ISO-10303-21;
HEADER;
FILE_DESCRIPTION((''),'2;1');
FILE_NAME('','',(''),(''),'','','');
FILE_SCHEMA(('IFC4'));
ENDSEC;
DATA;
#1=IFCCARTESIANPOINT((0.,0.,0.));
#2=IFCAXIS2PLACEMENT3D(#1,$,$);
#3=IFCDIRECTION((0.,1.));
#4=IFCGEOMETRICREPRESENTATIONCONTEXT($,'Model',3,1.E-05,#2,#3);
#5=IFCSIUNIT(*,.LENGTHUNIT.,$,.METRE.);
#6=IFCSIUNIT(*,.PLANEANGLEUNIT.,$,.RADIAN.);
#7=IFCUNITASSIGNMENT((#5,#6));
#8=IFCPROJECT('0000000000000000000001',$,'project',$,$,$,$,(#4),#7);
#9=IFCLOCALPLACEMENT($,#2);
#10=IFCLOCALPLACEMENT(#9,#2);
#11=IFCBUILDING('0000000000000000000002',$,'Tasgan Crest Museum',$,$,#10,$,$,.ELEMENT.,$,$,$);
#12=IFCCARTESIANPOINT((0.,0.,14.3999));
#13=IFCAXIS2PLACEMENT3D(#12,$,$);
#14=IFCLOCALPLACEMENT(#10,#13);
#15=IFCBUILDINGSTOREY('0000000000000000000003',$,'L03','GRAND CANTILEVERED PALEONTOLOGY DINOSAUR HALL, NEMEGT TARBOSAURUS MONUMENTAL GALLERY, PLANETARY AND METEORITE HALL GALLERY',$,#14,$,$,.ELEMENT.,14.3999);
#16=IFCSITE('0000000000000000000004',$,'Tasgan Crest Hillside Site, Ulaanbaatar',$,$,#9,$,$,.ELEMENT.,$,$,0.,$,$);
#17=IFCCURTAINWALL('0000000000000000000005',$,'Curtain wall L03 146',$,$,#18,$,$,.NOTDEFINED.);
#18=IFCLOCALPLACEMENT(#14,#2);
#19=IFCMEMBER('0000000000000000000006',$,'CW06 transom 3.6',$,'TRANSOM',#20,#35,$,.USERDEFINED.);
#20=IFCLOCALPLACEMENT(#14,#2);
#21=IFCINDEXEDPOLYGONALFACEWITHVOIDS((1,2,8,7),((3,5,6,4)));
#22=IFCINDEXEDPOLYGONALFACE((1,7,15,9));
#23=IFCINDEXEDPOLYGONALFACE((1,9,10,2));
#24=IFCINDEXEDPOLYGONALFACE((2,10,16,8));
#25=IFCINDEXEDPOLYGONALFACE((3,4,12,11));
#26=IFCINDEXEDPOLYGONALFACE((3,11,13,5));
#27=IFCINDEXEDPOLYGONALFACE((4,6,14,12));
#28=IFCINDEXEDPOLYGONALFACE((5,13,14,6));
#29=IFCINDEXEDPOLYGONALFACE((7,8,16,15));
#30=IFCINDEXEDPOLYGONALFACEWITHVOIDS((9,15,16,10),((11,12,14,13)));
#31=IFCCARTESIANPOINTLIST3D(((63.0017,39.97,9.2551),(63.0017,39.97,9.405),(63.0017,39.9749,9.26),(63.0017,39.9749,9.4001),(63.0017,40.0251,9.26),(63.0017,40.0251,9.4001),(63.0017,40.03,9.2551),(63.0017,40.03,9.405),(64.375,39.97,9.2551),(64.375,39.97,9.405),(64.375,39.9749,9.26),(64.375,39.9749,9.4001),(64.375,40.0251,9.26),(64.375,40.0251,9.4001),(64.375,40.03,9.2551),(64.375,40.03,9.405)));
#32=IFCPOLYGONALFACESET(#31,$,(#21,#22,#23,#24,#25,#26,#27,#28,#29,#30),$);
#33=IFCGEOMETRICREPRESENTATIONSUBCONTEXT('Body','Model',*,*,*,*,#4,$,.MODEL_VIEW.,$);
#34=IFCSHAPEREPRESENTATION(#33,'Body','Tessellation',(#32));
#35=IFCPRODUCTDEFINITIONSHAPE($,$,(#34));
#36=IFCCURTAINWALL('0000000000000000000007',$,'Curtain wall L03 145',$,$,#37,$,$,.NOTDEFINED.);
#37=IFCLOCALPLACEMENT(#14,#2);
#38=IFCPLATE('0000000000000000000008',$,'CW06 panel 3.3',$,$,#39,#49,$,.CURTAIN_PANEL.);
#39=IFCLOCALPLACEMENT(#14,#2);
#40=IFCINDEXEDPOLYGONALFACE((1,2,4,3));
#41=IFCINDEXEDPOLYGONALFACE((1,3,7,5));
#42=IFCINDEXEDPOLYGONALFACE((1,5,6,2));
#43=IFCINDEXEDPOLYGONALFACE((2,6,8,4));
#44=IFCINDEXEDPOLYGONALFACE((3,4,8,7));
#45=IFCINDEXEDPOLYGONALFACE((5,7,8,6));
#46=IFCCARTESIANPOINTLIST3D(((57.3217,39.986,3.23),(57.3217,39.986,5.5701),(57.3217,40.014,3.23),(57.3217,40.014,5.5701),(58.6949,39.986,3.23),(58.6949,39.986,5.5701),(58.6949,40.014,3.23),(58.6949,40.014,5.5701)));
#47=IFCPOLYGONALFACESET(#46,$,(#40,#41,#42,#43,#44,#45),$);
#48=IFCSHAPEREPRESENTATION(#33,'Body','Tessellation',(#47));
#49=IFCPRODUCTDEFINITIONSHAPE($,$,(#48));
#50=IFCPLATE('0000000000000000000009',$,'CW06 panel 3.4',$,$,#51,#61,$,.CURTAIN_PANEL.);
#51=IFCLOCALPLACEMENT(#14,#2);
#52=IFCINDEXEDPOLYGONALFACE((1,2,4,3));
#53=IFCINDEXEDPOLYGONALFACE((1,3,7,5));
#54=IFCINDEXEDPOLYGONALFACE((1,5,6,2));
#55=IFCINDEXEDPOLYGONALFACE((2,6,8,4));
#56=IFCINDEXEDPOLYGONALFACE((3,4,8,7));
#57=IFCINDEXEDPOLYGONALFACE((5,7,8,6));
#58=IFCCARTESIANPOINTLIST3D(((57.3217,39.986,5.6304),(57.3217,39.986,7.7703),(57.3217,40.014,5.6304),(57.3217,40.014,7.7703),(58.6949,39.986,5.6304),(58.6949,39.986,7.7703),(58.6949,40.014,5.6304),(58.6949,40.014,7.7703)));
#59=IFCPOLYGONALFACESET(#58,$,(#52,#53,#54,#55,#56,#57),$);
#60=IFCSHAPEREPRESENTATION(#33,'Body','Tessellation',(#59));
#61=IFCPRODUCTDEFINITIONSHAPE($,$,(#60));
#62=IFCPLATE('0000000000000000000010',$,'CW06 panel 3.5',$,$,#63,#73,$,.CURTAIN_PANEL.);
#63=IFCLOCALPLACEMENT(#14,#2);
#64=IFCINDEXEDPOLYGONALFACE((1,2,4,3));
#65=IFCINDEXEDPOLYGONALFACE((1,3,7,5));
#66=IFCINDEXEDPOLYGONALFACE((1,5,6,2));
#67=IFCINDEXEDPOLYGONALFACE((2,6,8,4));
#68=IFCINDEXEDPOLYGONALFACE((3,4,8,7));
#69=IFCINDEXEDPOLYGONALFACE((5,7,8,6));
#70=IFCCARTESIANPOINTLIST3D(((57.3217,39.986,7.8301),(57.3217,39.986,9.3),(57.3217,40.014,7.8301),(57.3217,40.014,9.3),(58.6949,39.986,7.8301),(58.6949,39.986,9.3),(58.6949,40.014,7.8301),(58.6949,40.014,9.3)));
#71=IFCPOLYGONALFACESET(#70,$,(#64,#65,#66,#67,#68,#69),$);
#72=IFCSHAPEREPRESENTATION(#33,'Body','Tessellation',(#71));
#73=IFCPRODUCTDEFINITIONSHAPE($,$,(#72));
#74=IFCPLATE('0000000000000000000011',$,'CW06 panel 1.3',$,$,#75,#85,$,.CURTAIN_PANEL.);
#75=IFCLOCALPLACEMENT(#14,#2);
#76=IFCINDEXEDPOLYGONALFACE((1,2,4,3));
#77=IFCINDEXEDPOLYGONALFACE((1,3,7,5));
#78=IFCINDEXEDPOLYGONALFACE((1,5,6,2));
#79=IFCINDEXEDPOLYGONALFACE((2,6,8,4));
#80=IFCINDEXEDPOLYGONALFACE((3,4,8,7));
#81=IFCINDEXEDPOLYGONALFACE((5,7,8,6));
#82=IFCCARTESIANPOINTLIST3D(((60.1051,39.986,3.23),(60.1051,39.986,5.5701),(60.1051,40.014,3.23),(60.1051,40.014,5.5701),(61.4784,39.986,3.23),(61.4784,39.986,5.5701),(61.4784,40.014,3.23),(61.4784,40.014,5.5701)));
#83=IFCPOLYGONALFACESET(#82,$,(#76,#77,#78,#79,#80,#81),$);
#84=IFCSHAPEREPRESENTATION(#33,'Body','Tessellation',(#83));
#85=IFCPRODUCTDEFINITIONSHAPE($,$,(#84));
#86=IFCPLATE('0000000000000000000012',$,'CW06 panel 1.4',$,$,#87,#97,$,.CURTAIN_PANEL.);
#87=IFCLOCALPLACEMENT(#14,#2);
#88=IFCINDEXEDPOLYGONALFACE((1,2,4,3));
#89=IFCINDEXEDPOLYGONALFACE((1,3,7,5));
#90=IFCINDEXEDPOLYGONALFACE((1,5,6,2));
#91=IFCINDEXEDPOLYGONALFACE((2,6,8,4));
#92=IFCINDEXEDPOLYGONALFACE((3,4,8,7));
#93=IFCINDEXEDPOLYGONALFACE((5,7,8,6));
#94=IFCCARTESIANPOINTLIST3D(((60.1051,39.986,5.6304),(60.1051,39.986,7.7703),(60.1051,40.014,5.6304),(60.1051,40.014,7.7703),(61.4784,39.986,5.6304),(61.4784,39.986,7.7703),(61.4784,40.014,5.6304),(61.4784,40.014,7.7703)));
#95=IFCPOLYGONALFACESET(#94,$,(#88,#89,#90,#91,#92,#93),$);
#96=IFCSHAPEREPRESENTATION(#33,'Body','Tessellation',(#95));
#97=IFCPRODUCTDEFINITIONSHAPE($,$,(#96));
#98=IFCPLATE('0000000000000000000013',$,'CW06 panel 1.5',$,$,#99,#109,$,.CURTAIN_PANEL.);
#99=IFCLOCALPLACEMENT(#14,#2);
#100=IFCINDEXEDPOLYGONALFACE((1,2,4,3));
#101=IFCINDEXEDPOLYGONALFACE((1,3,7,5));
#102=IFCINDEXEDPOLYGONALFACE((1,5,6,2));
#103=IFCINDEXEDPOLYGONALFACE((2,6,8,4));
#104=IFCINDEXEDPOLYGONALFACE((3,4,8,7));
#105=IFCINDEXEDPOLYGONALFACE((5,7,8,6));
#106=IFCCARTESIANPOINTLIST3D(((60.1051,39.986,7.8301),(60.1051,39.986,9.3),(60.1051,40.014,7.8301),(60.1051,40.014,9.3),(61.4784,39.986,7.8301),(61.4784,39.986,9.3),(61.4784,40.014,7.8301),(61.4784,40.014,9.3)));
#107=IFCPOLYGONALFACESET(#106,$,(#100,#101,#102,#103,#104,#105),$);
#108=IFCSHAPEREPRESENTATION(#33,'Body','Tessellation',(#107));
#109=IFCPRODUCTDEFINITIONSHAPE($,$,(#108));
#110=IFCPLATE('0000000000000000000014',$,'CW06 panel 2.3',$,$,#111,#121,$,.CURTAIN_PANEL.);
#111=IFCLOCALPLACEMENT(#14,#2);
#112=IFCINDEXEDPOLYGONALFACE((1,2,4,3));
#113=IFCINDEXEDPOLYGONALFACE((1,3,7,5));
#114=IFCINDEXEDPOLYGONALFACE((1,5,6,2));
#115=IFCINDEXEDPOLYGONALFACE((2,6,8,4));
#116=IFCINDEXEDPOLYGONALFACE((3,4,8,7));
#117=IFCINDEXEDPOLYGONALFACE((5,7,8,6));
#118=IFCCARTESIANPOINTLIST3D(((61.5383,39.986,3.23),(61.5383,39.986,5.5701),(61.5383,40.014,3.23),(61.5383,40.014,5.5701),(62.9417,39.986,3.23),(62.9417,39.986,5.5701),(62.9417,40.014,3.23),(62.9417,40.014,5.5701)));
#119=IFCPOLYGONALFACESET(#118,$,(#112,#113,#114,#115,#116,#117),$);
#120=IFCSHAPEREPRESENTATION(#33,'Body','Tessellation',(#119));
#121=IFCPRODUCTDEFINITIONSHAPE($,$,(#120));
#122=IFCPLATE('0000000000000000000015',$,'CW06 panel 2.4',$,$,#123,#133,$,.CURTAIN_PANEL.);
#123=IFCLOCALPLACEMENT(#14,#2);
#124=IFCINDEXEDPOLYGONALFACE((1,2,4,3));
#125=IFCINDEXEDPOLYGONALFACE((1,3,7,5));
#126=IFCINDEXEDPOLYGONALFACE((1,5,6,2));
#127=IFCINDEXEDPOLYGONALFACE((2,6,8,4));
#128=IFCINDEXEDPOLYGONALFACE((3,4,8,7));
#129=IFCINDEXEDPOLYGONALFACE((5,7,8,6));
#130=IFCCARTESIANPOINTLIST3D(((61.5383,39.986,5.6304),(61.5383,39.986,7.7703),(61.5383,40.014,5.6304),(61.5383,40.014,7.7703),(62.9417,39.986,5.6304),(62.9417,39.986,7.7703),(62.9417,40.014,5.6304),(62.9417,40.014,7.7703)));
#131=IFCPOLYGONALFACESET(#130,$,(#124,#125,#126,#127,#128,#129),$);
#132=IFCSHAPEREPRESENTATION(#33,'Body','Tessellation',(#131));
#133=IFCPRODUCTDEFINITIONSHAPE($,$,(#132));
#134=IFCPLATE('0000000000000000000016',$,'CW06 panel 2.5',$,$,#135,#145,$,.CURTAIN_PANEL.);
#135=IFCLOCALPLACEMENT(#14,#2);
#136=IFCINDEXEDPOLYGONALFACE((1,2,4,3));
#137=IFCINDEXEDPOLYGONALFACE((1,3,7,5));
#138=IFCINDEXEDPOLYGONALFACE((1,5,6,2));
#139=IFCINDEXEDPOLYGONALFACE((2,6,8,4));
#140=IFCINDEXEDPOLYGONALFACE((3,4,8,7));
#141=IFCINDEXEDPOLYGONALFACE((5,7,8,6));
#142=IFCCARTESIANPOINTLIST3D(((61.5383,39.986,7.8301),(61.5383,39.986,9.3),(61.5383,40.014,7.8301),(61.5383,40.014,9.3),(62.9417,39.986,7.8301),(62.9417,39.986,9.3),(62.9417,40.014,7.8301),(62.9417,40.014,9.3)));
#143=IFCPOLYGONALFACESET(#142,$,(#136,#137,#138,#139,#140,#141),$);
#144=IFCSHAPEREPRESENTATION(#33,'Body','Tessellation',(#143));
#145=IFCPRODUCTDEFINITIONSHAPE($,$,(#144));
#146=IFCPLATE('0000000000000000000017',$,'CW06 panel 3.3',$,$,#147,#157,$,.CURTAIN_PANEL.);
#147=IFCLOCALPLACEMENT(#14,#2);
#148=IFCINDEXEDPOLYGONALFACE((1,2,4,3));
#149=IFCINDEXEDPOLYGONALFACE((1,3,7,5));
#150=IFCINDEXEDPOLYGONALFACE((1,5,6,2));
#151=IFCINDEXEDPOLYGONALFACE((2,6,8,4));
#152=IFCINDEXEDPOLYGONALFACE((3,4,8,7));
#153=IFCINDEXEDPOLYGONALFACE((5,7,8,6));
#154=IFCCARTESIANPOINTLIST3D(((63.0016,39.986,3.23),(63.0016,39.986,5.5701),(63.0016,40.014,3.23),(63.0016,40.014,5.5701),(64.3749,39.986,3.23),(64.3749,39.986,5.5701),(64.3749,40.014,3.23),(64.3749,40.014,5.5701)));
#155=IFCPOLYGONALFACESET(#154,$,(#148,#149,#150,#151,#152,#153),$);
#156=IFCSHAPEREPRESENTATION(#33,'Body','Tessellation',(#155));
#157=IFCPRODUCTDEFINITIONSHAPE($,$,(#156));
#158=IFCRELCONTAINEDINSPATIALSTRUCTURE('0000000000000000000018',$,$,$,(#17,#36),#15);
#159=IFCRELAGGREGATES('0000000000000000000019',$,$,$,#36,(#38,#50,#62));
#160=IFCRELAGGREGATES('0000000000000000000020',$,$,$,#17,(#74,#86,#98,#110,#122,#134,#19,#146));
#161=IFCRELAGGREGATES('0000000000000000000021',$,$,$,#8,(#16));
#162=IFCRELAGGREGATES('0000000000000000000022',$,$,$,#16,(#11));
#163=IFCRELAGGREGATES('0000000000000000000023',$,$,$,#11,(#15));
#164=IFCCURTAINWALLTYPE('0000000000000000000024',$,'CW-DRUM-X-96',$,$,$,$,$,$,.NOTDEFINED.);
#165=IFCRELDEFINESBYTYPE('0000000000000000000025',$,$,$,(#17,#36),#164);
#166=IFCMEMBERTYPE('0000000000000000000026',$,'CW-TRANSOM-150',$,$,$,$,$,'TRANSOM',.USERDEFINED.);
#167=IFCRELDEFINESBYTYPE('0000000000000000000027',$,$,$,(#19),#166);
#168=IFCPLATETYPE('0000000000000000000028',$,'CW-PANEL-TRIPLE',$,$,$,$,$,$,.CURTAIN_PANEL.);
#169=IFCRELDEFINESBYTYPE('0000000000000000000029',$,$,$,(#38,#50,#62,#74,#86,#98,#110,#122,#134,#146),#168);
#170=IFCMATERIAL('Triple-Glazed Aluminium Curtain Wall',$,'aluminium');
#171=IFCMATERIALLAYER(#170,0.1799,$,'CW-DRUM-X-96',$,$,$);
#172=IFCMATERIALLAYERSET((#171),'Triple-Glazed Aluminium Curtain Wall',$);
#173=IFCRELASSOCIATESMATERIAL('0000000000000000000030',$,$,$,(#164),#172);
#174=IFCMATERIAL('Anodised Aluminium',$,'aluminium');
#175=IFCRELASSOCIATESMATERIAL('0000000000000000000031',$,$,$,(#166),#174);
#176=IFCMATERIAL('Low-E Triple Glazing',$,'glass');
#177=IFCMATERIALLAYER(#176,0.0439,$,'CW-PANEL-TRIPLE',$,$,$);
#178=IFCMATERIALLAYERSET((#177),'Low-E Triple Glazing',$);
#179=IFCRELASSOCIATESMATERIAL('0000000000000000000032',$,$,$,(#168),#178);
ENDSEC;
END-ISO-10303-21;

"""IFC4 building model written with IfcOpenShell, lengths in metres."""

from ifc_helpers import new_model, si_unit, direction, frame, origin, origin_2d, place, context, subcontext, project, spatial, rectangle, hollow_rectangle, extrude, material, layer, layer_set, material_profile, profile_set, type_object, element, aggregate, save


model = new_model("IFC4")

# Units and contexts
model_context = context("Model", 3, precision=1e-05, world=origin(), true_north=direction((0.0, 1.0)))
body_context = subcontext(model_context, "Body", "Model", "MODEL_VIEW")
ifc_project = project(units=[si_unit("LENGTHUNIT", "METRE"), si_unit("PLANEANGLEUNIT", "RADIAN")], contexts=[model_context])

# Site, building, storey
site_placement = place(None, origin())
site = spatial("IfcSite", under=ifc_project, at=site_placement, Name="Tasgan Crest Hillside Site, Ulaanbaatar", CompositionType="ELEMENT", RefElevation=0.0)
building_placement = place(site_placement, origin())
building = spatial("IfcBuilding", under=site, at=building_placement, Name="Tasgan Crest Museum", CompositionType="ELEMENT")
storey_placement = place(building_placement, frame((0.0, 0.0, 14.3999)))
storey = spatial("IfcBuildingStorey", under=building, at=storey_placement, Name="L03", Description="GRAND CANTILEVERED PALEONTOLOGY DINOSAUR HALL, NEMEGT TARBOSAURUS MONUMENTAL GALLERY, PLANETARY AND METEORITE HALL GALLERY", CompositionType="ELEMENT", Elevation=14.3999)

# Curtain wall, member
ifc_material_1 = material(Name="Triple-Glazed Aluminium Curtain Wall", Category="aluminium")
ifc_layer_1 = layer(ifc_material_1, 0.1799, Name="CW-DRUM-X-96")
ifc_layer_set_1 = layer_set([ifc_layer_1], Name="Triple-Glazed Aluminium Curtain Wall")
curtain_wall_type = type_object("IfcCurtainWallType", Name="CW-DRUM-X-96", PredefinedType="NOTDEFINED", material=ifc_layer_set_1)
curtain_wall_1_placement = place(storey_placement, origin())
curtain_wall_1 = element("IfcCurtainWall", 1, at=curtain_wall_1_placement, inside=storey, type_object=curtain_wall_type, Name="Curtain wall L03 146", PredefinedType="NOTDEFINED")
ifc_material_2 = material(Name="Anodised Aluminium", Category="aluminium")
ifc_material_profile = material_profile(ifc_material_2, hollow_rectangle(XDim=0.0601, YDim=0.1499, WallThickness=0.0049, at=origin_2d()), Name="ALU TRANSOM 150x60x5")
ifc_profile_set = profile_set([ifc_material_profile], Name="Anodised Aluminium")
member_type = type_object("IfcMemberType", Name="CW-TRANSOM-150", ElementType="TRANSOM", PredefinedType="USERDEFINED", material=ifc_profile_set)
member_1_placement = place(storey_placement, frame((63.0017, 40.0, 9.3301), z_axis=(1.0, 0.0, 0.0), x_axis=(0.0, 1.0, 0.0)))
member_1 = element("IfcMember", 2, at=member_1_placement, type_object=member_type, Name="CW06 transom 3.6", ObjectType="TRANSOM", PredefinedType="USERDEFINED", context=body_context, shape_type="SweptSolid", body=[
    extrude(hollow_rectangle(XDim=0.0601, YDim=0.1499, WallThickness=0.0049, at=origin_2d()), origin(), (0.0, 0.0, 1.0), 1.3733),
])

# Curtain wall, plates
curtain_wall_2_placement = place(storey_placement, origin())
curtain_wall_2 = element("IfcCurtainWall", 3, at=curtain_wall_2_placement, inside=storey, type_object=curtain_wall_type, Name="Curtain wall L03 145", PredefinedType="NOTDEFINED")
ifc_material_3 = material(Name="Low-E Triple Glazing", Category="glass")
ifc_layer_2 = layer(ifc_material_3, 0.0439, Name="CW-PANEL-TRIPLE")
ifc_layer_set_2 = layer_set([ifc_layer_2], Name="Low-E Triple Glazing")
plate_type = type_object("IfcPlateType", Name="CW-PANEL-TRIPLE", PredefinedType="CURTAIN_PANEL", material=ifc_layer_set_2)
plate_1_placement = place(storey_placement, frame((58.0083, 40.0, 3.23), z_axis=(0.0, 0.0, 1.0), x_axis=(1.0, 0.0, 0.0)))
plate_1 = element("IfcPlate", 4, at=plate_1_placement, type_object=plate_type, Name="CW06 panel 3.3", PredefinedType="CURTAIN_PANEL", context=body_context, shape_type="SweptSolid", body=[
    extrude(rectangle(XDim=1.3733, YDim=0.0281, at=origin_2d()), origin(), (0.0, 0.0, 1.0), 2.3401),
])
plate_2_placement = place(storey_placement, frame((58.0083, 40.0, 5.6304), z_axis=(0.0, 0.0, 1.0), x_axis=(1.0, 0.0, 0.0)))
plate_2 = element("IfcPlate", 5, at=plate_2_placement, type_object=plate_type, Name="CW06 panel 3.4", PredefinedType="CURTAIN_PANEL", context=body_context, shape_type="SweptSolid", body=[
    extrude(rectangle(XDim=1.3733, YDim=0.0281, at=origin_2d()), origin(), (0.0, 0.0, 1.0), 2.1399),
])
plate_3_placement = place(storey_placement, frame((58.0083, 40.0, 7.8301), z_axis=(0.0, 0.0, 1.0), x_axis=(1.0, 0.0, 0.0)))
plate_3 = element("IfcPlate", 6, at=plate_3_placement, type_object=plate_type, Name="CW06 panel 3.5", PredefinedType="CURTAIN_PANEL", context=body_context, shape_type="SweptSolid", body=[
    extrude(rectangle(XDim=1.3733, YDim=0.0281, at=origin_2d()), origin(), (0.0, 0.0, 1.0), 1.47),
])
aggregate(curtain_wall_2, [plate_1, plate_2, plate_3])

# Plates
plate_4_placement = place(storey_placement, frame((60.7917, 40.0, 3.23), z_axis=(0.0, 0.0, 1.0), x_axis=(1.0, 0.0, 0.0)))
plate_4 = element("IfcPlate", 7, at=plate_4_placement, type_object=plate_type, Name="CW06 panel 1.3", PredefinedType="CURTAIN_PANEL", context=body_context, shape_type="SweptSolid", body=[
    extrude(rectangle(XDim=1.3733, YDim=0.0281, at=origin_2d()), origin(), (0.0, 0.0, 1.0), 2.3401),
])
plate_5_placement = place(storey_placement, frame((60.7917, 40.0, 5.6304), z_axis=(0.0, 0.0, 1.0), x_axis=(1.0, 0.0, 0.0)))
plate_5 = element("IfcPlate", 8, at=plate_5_placement, type_object=plate_type, Name="CW06 panel 1.4", PredefinedType="CURTAIN_PANEL", context=body_context, shape_type="SweptSolid", body=[
    extrude(rectangle(XDim=1.3733, YDim=0.0281, at=origin_2d()), origin(), (0.0, 0.0, 1.0), 2.1399),
])
plate_6_placement = place(storey_placement, frame((60.7917, 40.0, 7.8301), z_axis=(0.0, 0.0, 1.0), x_axis=(1.0, 0.0, 0.0)))
plate_6 = element("IfcPlate", 9, at=plate_6_placement, type_object=plate_type, Name="CW06 panel 1.5", PredefinedType="CURTAIN_PANEL", context=body_context, shape_type="SweptSolid", body=[
    extrude(rectangle(XDim=1.3733, YDim=0.0281, at=origin_2d()), origin(), (0.0, 0.0, 1.0), 1.47),
])
plate_7_placement = place(storey_placement, frame((62.24, 40.0, 3.23), z_axis=(0.0, 0.0, 1.0), x_axis=(1.0, 0.0, 0.0)))
plate_7 = element("IfcPlate", 10, at=plate_7_placement, type_object=plate_type, Name="CW06 panel 2.3", PredefinedType="CURTAIN_PANEL", context=body_context, shape_type="SweptSolid", body=[
    extrude(rectangle(XDim=1.4033, YDim=0.0281, at=origin_2d()), origin(), (0.0, 0.0, 1.0), 2.3401),
])
plate_8_placement = place(storey_placement, frame((62.24, 40.0, 5.6304), z_axis=(0.0, 0.0, 1.0), x_axis=(1.0, 0.0, 0.0)))
plate_8 = element("IfcPlate", 11, at=plate_8_placement, type_object=plate_type, Name="CW06 panel 2.4", PredefinedType="CURTAIN_PANEL", context=body_context, shape_type="SweptSolid", body=[
    extrude(rectangle(XDim=1.4033, YDim=0.0281, at=origin_2d()), origin(), (0.0, 0.0, 1.0), 2.1399),
])
plate_9_placement = place(storey_placement, frame((62.24, 40.0, 7.8301), z_axis=(0.0, 0.0, 1.0), x_axis=(1.0, 0.0, 0.0)))
plate_9 = element("IfcPlate", 12, at=plate_9_placement, type_object=plate_type, Name="CW06 panel 2.5", PredefinedType="CURTAIN_PANEL", context=body_context, shape_type="SweptSolid", body=[
    extrude(rectangle(XDim=1.4033, YDim=0.0281, at=origin_2d()), origin(), (0.0, 0.0, 1.0), 1.47),
])
plate_10_placement = place(storey_placement, frame((63.6882, 40.0, 3.23), z_axis=(0.0, 0.0, 1.0), x_axis=(1.0, 0.0, 0.0)))
plate_10 = element("IfcPlate", 13, at=plate_10_placement, type_object=plate_type, Name="CW06 panel 3.3", PredefinedType="CURTAIN_PANEL", context=body_context, shape_type="SweptSolid", body=[
    extrude(rectangle(XDim=1.3733, YDim=0.0281, at=origin_2d()), origin(), (0.0, 0.0, 1.0), 2.3401),
])
aggregate(curtain_wall_1, [plate_4, plate_5, plate_6, plate_7, plate_8, plate_9, member_1, plate_10])

save(model, "model.ifc")
